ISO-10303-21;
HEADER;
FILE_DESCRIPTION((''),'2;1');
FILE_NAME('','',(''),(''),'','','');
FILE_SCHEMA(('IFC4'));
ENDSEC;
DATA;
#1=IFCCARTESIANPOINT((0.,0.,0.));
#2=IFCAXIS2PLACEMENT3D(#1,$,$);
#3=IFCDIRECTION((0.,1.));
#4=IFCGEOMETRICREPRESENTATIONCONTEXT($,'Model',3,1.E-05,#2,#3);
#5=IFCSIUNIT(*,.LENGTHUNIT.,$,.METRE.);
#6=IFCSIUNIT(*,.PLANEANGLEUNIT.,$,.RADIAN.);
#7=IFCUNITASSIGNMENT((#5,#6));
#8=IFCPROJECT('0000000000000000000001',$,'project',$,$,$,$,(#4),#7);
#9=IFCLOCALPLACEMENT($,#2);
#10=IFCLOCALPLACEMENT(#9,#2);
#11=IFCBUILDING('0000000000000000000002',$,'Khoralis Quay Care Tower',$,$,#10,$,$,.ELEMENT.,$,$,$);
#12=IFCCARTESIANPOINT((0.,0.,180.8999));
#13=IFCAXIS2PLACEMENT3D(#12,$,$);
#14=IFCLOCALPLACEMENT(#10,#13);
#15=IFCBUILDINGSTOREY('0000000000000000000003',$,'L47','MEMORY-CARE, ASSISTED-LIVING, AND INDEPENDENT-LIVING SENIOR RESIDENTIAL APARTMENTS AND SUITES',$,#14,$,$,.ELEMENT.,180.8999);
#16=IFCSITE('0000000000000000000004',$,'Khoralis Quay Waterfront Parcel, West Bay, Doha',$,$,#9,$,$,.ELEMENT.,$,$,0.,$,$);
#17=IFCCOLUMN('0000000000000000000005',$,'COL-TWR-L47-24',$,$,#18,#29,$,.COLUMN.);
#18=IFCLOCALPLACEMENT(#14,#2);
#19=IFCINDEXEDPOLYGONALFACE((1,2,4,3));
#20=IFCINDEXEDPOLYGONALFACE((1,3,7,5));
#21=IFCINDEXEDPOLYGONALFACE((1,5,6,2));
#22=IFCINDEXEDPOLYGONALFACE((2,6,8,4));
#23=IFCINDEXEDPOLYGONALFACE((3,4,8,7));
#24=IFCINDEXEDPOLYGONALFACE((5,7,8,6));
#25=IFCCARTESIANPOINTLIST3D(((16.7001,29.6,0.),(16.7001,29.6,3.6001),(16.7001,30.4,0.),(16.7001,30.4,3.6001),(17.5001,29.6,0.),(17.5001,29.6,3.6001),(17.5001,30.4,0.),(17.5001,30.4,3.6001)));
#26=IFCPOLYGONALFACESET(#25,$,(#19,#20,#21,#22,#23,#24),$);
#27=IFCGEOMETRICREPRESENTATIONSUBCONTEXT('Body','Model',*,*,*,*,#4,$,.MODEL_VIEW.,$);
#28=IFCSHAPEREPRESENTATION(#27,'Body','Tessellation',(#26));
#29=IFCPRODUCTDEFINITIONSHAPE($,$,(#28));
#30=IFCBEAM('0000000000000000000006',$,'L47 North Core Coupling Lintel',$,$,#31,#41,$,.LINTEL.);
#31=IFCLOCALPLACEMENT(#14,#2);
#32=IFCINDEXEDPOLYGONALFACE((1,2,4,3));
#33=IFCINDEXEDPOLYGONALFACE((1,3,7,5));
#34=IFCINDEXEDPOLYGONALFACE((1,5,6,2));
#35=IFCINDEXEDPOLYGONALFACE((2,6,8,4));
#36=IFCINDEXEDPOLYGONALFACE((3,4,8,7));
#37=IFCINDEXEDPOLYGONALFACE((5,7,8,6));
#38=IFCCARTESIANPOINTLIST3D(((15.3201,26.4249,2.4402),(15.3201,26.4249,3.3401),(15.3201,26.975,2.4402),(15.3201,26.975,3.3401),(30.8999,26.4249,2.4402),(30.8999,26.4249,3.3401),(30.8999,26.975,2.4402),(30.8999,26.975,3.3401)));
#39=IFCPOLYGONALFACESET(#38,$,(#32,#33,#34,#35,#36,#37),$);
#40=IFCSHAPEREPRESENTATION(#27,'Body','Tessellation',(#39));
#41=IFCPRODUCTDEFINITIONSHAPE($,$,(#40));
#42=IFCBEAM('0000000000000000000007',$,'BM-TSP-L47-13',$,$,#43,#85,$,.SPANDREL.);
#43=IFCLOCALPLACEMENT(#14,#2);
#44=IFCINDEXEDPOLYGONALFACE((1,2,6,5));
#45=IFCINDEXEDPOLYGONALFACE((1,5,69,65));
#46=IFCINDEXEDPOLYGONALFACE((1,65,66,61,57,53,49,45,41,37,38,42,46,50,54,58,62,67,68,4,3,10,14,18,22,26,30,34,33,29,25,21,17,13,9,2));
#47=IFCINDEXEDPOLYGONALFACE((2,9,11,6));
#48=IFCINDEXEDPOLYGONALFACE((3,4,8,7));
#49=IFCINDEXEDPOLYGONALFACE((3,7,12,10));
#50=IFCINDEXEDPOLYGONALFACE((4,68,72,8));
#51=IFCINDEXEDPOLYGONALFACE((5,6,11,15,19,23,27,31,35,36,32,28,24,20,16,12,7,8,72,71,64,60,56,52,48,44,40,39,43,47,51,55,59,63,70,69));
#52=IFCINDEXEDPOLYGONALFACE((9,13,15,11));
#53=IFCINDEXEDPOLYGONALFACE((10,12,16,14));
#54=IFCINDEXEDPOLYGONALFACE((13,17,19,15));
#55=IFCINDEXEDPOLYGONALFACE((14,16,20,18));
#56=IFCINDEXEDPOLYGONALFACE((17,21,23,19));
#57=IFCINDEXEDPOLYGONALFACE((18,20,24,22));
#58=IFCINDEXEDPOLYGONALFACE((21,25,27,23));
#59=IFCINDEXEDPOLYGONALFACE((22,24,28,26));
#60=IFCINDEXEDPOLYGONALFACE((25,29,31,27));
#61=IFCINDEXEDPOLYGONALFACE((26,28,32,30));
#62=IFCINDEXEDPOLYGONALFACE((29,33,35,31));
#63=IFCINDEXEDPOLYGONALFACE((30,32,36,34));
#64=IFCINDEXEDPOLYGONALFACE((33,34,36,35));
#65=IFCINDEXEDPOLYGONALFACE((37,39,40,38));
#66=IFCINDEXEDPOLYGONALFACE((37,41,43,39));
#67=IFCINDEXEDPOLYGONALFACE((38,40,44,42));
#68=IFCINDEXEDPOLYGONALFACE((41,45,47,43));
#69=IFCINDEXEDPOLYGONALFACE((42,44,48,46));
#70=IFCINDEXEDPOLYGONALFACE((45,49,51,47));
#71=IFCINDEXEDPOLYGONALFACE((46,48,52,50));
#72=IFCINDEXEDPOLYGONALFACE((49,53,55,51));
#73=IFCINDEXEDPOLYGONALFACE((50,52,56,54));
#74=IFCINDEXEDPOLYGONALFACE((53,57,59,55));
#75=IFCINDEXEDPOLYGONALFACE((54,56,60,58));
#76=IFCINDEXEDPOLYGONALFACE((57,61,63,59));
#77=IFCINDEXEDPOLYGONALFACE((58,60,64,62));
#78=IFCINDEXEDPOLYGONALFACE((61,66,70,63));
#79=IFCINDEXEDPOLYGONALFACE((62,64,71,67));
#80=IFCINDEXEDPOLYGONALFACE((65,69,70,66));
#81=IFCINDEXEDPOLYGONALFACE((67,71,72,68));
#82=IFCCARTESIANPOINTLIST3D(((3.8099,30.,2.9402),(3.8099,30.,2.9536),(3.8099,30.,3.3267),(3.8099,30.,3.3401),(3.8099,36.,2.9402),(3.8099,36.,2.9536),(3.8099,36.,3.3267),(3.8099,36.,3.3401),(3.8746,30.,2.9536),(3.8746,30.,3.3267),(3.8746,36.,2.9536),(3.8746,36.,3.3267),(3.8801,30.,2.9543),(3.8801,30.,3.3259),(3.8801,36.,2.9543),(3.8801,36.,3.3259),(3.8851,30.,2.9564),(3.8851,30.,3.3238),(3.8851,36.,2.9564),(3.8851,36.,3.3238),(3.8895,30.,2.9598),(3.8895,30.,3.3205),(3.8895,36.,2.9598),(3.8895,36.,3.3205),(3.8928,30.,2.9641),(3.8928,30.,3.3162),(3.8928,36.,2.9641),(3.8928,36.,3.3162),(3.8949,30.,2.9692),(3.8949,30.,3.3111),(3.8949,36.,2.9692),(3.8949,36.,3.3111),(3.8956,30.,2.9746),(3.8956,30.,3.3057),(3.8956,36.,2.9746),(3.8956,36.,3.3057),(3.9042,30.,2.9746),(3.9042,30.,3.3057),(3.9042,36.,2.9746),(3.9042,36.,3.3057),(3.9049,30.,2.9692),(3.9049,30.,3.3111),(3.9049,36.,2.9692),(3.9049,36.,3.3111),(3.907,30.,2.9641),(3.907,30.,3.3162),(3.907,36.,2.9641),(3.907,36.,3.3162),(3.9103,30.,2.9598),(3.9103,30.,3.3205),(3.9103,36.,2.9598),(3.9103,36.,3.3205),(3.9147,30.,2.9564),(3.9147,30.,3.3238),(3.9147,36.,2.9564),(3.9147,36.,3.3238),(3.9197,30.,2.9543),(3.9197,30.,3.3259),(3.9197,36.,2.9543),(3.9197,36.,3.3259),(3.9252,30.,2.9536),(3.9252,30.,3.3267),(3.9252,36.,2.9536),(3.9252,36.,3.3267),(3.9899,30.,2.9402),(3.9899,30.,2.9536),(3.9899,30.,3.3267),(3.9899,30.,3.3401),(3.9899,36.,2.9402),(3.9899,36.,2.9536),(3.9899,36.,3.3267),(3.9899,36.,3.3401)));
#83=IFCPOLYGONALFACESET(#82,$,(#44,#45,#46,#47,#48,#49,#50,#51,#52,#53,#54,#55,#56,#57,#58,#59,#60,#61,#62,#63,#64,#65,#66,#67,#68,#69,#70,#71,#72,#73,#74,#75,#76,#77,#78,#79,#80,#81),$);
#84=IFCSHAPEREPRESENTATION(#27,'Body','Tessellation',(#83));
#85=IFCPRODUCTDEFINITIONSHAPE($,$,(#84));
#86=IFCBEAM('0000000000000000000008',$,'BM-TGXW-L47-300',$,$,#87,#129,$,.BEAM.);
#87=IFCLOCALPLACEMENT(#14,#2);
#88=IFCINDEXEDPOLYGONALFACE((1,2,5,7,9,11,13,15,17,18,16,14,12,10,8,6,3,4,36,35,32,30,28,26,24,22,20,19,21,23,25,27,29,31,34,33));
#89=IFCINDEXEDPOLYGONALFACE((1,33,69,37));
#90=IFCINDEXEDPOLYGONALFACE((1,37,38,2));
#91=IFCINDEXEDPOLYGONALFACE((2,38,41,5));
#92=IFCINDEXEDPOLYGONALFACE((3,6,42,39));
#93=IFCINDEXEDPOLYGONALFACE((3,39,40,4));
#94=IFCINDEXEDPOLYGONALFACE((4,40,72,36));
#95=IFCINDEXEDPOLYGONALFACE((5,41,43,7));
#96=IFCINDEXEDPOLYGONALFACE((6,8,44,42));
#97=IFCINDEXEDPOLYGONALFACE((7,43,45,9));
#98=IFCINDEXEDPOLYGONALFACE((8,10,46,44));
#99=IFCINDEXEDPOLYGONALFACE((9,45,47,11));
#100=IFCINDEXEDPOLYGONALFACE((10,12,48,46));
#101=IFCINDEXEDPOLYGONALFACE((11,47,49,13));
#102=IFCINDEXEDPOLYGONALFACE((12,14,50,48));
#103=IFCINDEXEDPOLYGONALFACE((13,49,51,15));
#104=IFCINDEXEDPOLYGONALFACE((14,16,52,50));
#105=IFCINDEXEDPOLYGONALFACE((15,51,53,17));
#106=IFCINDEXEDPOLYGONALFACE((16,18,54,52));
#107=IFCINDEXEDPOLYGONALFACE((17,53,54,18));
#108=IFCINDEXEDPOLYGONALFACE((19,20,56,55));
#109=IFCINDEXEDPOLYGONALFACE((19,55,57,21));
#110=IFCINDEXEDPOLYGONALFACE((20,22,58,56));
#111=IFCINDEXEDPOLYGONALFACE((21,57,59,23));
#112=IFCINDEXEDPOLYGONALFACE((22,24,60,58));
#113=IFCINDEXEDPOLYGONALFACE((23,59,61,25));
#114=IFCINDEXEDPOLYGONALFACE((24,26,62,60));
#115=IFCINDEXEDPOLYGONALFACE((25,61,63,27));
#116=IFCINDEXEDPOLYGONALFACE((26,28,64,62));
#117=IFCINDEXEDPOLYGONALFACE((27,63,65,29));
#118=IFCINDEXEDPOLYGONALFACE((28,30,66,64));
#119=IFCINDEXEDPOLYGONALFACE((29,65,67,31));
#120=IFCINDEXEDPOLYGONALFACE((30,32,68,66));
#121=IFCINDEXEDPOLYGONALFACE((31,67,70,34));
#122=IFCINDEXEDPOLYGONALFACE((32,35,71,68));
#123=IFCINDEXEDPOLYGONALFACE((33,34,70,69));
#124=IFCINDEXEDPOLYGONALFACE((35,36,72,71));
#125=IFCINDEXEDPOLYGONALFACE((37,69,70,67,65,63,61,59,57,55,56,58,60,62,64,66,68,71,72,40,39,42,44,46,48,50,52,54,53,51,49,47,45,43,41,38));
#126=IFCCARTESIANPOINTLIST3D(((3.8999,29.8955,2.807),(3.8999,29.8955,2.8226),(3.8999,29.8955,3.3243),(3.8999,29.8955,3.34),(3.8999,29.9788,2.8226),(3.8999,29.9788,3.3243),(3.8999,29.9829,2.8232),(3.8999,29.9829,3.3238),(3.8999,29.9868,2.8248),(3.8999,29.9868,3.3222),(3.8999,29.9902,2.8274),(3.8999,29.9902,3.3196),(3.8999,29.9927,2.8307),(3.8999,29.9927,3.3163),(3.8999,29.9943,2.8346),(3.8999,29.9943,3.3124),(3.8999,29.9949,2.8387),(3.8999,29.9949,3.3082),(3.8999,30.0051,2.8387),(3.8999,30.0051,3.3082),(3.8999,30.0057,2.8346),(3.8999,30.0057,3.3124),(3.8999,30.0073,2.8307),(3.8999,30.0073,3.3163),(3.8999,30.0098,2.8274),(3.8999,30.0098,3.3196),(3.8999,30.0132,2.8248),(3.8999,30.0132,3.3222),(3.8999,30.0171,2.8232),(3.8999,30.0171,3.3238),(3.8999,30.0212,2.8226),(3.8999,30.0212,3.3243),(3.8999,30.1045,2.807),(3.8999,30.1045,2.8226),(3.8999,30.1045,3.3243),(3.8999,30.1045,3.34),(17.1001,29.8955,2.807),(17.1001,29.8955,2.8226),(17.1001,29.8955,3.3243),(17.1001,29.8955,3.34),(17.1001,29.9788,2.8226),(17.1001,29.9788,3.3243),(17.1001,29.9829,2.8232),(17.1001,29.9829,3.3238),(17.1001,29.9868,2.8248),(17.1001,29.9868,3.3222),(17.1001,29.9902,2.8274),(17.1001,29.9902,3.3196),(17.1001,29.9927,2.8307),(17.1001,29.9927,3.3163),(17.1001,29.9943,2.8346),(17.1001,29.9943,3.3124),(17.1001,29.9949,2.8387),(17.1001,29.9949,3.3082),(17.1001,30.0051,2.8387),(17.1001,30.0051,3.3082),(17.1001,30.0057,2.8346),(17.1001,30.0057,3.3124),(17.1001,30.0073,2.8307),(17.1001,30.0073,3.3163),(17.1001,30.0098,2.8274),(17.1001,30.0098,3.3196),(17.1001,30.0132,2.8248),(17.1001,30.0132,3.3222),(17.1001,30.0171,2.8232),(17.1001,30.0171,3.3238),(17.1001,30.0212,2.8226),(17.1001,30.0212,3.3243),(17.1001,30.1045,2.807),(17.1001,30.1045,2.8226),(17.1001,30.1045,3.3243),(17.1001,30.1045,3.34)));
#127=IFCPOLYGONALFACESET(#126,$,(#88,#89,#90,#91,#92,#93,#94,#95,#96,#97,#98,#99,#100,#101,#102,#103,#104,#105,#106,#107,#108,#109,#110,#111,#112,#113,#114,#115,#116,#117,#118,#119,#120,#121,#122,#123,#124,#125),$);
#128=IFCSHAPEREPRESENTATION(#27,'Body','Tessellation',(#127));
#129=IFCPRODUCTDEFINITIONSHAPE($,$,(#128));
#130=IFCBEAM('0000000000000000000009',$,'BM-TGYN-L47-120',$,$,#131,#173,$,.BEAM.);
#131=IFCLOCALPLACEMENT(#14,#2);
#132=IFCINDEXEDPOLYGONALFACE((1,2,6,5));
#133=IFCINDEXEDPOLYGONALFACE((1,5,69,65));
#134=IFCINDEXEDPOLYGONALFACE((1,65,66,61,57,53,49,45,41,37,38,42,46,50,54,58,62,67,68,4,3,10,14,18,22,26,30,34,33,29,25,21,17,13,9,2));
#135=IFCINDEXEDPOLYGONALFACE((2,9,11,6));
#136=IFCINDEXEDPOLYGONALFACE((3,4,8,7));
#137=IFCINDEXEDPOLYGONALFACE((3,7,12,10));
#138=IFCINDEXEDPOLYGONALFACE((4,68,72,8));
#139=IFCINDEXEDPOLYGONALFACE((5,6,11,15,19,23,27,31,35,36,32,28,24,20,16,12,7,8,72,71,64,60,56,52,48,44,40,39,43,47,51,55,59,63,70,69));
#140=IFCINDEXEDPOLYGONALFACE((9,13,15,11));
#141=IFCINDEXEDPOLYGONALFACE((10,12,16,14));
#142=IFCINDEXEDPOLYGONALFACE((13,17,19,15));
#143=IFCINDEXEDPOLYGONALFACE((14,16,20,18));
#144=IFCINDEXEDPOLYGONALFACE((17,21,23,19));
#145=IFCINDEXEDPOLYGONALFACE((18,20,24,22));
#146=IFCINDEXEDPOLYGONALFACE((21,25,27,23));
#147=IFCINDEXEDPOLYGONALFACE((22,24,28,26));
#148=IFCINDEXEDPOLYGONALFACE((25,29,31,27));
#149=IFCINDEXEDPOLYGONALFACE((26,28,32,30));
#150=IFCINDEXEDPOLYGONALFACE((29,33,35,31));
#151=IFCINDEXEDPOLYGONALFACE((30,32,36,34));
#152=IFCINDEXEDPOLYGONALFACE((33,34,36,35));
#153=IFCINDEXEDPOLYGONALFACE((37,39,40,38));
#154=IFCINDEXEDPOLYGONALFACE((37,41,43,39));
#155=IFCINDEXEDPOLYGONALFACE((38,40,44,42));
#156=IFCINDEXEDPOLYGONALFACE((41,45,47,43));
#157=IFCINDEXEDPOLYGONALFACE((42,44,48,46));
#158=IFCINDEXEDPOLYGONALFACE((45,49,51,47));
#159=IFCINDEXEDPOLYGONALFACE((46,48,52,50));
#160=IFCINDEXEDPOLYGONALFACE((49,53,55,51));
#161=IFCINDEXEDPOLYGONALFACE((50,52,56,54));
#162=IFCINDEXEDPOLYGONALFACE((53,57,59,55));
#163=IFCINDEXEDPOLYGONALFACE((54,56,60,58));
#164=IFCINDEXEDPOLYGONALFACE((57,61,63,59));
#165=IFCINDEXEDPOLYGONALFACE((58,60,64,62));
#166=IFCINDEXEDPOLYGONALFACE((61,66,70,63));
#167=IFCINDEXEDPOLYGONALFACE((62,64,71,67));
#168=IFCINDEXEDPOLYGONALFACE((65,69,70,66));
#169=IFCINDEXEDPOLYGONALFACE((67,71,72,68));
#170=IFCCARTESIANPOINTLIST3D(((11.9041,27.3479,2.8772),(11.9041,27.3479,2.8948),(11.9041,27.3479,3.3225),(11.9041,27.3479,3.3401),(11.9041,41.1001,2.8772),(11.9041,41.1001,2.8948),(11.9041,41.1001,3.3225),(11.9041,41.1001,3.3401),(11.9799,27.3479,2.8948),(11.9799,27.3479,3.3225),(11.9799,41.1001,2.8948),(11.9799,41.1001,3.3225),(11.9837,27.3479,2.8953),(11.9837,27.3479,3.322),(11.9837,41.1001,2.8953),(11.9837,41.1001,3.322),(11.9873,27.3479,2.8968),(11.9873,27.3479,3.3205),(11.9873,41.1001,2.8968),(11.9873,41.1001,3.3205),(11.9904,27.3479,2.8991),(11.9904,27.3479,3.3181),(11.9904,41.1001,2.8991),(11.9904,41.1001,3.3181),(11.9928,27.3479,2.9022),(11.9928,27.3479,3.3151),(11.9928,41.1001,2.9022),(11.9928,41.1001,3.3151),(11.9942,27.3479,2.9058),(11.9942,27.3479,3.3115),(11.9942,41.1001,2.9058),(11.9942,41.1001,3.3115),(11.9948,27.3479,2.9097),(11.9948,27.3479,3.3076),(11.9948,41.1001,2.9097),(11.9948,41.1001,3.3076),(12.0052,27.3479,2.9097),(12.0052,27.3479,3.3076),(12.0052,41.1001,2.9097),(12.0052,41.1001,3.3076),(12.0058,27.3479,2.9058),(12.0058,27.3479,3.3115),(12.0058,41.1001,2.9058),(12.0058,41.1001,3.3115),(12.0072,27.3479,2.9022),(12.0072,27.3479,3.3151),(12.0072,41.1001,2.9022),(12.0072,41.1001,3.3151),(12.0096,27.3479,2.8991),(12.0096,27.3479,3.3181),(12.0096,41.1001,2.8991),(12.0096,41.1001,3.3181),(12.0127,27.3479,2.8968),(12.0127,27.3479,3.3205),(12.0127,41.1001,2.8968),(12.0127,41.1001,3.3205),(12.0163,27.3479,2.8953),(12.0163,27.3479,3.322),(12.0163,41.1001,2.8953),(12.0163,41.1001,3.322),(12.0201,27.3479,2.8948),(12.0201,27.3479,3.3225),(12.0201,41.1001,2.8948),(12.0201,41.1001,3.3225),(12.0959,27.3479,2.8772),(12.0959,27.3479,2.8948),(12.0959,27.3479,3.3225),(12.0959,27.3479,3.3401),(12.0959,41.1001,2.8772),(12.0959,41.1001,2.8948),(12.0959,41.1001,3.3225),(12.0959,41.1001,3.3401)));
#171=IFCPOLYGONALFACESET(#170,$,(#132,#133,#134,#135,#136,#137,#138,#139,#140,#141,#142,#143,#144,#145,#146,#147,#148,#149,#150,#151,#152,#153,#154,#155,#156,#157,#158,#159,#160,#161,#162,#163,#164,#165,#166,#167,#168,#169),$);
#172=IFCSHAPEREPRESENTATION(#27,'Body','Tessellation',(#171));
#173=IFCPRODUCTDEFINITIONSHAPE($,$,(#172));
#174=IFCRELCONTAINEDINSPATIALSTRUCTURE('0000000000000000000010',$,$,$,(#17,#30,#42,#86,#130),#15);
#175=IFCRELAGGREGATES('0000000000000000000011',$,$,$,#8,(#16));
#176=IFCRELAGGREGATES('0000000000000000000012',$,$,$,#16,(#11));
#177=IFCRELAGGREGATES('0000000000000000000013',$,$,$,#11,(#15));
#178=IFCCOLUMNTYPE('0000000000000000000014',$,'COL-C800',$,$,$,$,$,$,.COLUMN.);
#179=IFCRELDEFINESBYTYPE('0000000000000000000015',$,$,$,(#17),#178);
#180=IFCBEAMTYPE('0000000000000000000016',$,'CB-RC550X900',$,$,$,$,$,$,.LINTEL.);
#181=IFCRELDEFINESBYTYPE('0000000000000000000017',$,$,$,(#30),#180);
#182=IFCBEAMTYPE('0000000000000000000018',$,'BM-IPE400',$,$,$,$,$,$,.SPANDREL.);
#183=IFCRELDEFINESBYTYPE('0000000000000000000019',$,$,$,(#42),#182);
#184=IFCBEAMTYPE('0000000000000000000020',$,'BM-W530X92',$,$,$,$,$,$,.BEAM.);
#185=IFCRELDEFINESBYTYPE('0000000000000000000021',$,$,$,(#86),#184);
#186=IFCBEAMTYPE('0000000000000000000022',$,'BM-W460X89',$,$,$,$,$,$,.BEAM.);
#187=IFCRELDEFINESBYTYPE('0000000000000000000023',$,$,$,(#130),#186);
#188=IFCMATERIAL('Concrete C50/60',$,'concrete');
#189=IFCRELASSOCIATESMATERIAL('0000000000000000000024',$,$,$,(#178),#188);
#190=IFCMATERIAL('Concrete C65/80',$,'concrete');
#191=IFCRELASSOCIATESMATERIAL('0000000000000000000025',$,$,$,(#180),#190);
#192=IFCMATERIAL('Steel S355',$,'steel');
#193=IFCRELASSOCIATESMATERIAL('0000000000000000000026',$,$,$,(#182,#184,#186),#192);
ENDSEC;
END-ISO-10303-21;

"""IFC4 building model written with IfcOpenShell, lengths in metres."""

from ifc_helpers import new_model, si_unit, direction, frame, origin, origin_2d, place, context, subcontext, project, spatial, rectangle, i_section, extrude, source, transform, mapped, material, material_profile, profile_set, type_object, element, save


model = new_model("IFC4")

# Units and contexts
model_context = context("Model", 3, precision=1e-05, world=origin(), true_north=direction((0.0, 1.0)))
body_context = subcontext(model_context, "Body", "Model", "MODEL_VIEW")
ifc_project = project(units=[si_unit("LENGTHUNIT", "METRE"), si_unit("PLANEANGLEUNIT", "RADIAN")], contexts=[model_context])

# Site, building, storey
site_placement = place(None, origin())
site = spatial("IfcSite", under=ifc_project, at=site_placement, Name="Khoralis Quay Waterfront Parcel, West Bay, Doha", CompositionType="ELEMENT", RefElevation=0.0)
building_placement = place(site_placement, origin())
building = spatial("IfcBuilding", under=site, at=building_placement, Name="Khoralis Quay Care Tower", CompositionType="ELEMENT")
storey_placement = place(building_placement, frame((0.0, 0.0, 180.8999)))
storey = spatial("IfcBuildingStorey", under=building, at=storey_placement, Name="L47", Description="MEMORY-CARE, ASSISTED-LIVING, AND INDEPENDENT-LIVING SENIOR RESIDENTIAL APARTMENTS AND SUITES", CompositionType="ELEMENT", Elevation=180.8999)

# Column
ifc_material_1 = material(Name="Concrete C50/60", Category="concrete")
ifc_material_profile_1 = material_profile(ifc_material_1, rectangle(XDim=0.8, YDim=0.8, at=origin_2d()), Name="Concrete C50/60")
ifc_profile_set_1 = profile_set([ifc_material_profile_1], Name="Concrete C50/60")
column_type = type_object("IfcColumnType", Name="COL-C800", PredefinedType="COLUMN", material=ifc_profile_set_1)
shared_shape_1 = source(origin(), body_context, "Body", "SweptSolid", [
    extrude(rectangle(XDim=0.8, YDim=0.8, at=origin_2d()), origin(), (0.0, 0.0, 1.0), 3.6001),
])
column_placement = place(storey_placement, frame((17.1001, 30.0, 0.0), z_axis=(0.0, 0.0, 1.0), x_axis=(1.0, 0.0, 0.0)))
element("IfcColumn", 1, at=column_placement, inside=storey, type_object=column_type, Name="COL-TWR-L47-24", PredefinedType="COLUMN", context=body_context, shape_type="MappedRepresentation", body=[
    mapped(shared_shape_1, transform((0.0, 0.0, 0.0), scale=1.0)),
])

# Beams
ifc_material_2 = material(Name="Concrete C65/80", Category="concrete")
ifc_material_profile_2 = material_profile(ifc_material_2, rectangle(XDim=0.55, YDim=0.8999, at=origin_2d()), Name="Concrete C65/80")
ifc_profile_set_2 = profile_set([ifc_material_profile_2], Name="Concrete C65/80")
beam_type_1 = type_object("IfcBeamType", Name="CB-RC550X900", PredefinedType="LINTEL", material=ifc_profile_set_2)
shared_shape_2 = source(origin(), body_context, "Body", "SweptSolid", [
    extrude(rectangle(XDim=0.55, YDim=0.8999, at=origin_2d()), origin(), (0.0, 0.0, 1.0), 15.5798),
])
beam_1_placement = place(storey_placement, frame((15.3201, 26.7, 2.8901), z_axis=(1.0, 0.0, 0.0), x_axis=(0.0, 1.0, 0.0)))
element("IfcBeam", 2, at=beam_1_placement, inside=storey, type_object=beam_type_1, Name="L47 North Core Coupling Lintel", PredefinedType="LINTEL", context=body_context, shape_type="MappedRepresentation", body=[
    mapped(shared_shape_2, transform((0.0, 0.0, 0.0), scale=1.0)),
])
ifc_material_3 = material(Name="Steel S355", Category="steel")
ifc_material_profile_3 = material_profile(ifc_material_3, i_section(OverallWidth=0.1799, OverallDepth=0.3999, WebThickness=0.0085, FlangeThickness=0.0134, FilletRadius=0.021, at=origin_2d()), Name="Steel S355")
ifc_profile_set_3 = profile_set([ifc_material_profile_3], Name="Steel S355")
beam_type_2 = type_object("IfcBeamType", Name="BM-IPE400", PredefinedType="SPANDREL", material=ifc_profile_set_3)
shared_shape_3 = source(origin(), body_context, "Body", "SweptSolid", [
    extrude(i_section(OverallWidth=0.1799, OverallDepth=0.3999, WebThickness=0.0085, FlangeThickness=0.0134, FilletRadius=0.021, at=origin_2d()), origin(), (0.0, 0.0, 1.0), 6.0),
])
beam_2_placement = place(storey_placement, frame((3.8999, 30.0, 3.1401), z_axis=(0.0, 1.0, 0.0), x_axis=(-1.0, 0.0, 0.0)))
element("IfcBeam", 3, at=beam_2_placement, inside=storey, type_object=beam_type_2, Name="BM-TSP-L47-13", PredefinedType="SPANDREL", context=body_context, shape_type="MappedRepresentation", body=[
    mapped(shared_shape_3, transform((0.0, 0.0, 0.0), scale=1.0)),
])
ifc_material_profile_4 = material_profile(ifc_material_3, i_section(OverallWidth=0.209, OverallDepth=0.533, WebThickness=0.0103, FlangeThickness=0.0156, FilletRadius=0.0161, at=origin_2d()), Name="Steel S355")
ifc_profile_set_4 = profile_set([ifc_material_profile_4], Name="Steel S355")
beam_type_3 = type_object("IfcBeamType", Name="BM-W530X92", PredefinedType="BEAM", material=ifc_profile_set_4)
shared_shape_4 = source(origin(), body_context, "Body", "SweptSolid", [
    extrude(i_section(OverallWidth=0.209, OverallDepth=0.533, WebThickness=0.0103, FlangeThickness=0.0156, FilletRadius=0.0161, at=origin_2d()), origin(), (0.0, 0.0, 1.0), 13.2002),
])
beam_3_placement = place(storey_placement, frame((3.8999, 30.0, 3.0735), z_axis=(1.0, 0.0, 0.0), x_axis=(0.0, 1.0, 0.0)))
element("IfcBeam", 4, at=beam_3_placement, inside=storey, type_object=beam_type_3, Name="BM-TGXW-L47-300", PredefinedType="BEAM", context=body_context, shape_type="MappedRepresentation", body=[
    mapped(shared_shape_4, transform((0.0, 0.0, 0.0), scale=1.0)),
])
ifc_material_profile_5 = material_profile(ifc_material_3, i_section(OverallWidth=0.1919, OverallDepth=0.4629, WebThickness=0.0105, FlangeThickness=0.0176, FilletRadius=0.0149, at=origin_2d()), Name="Steel S355")
ifc_profile_set_5 = profile_set([ifc_material_profile_5], Name="Steel S355")
beam_type_4 = type_object("IfcBeamType", Name="BM-W460X89", PredefinedType="BEAM", material=ifc_profile_set_5)
shared_shape_5 = source(origin(), body_context, "Body", "SweptSolid", [
    extrude(i_section(OverallWidth=0.1919, OverallDepth=0.4629, WebThickness=0.0105, FlangeThickness=0.0176, FilletRadius=0.0149, at=origin_2d()), origin(), (0.0, 0.0, 1.0), 13.7522),
])
beam_4_placement = place(storey_placement, frame((12.0, 27.3479, 3.1086), z_axis=(0.0, 1.0, 0.0), x_axis=(-1.0, 0.0, 0.0)))
element("IfcBeam", 5, at=beam_4_placement, inside=storey, type_object=beam_type_4, Name="BM-TGYN-L47-120", PredefinedType="BEAM", context=body_context, shape_type="MappedRepresentation", body=[
    mapped(shared_shape_5, transform((0.0, 0.0, 0.0), scale=1.0)),
])

save(model, "model.ifc")
